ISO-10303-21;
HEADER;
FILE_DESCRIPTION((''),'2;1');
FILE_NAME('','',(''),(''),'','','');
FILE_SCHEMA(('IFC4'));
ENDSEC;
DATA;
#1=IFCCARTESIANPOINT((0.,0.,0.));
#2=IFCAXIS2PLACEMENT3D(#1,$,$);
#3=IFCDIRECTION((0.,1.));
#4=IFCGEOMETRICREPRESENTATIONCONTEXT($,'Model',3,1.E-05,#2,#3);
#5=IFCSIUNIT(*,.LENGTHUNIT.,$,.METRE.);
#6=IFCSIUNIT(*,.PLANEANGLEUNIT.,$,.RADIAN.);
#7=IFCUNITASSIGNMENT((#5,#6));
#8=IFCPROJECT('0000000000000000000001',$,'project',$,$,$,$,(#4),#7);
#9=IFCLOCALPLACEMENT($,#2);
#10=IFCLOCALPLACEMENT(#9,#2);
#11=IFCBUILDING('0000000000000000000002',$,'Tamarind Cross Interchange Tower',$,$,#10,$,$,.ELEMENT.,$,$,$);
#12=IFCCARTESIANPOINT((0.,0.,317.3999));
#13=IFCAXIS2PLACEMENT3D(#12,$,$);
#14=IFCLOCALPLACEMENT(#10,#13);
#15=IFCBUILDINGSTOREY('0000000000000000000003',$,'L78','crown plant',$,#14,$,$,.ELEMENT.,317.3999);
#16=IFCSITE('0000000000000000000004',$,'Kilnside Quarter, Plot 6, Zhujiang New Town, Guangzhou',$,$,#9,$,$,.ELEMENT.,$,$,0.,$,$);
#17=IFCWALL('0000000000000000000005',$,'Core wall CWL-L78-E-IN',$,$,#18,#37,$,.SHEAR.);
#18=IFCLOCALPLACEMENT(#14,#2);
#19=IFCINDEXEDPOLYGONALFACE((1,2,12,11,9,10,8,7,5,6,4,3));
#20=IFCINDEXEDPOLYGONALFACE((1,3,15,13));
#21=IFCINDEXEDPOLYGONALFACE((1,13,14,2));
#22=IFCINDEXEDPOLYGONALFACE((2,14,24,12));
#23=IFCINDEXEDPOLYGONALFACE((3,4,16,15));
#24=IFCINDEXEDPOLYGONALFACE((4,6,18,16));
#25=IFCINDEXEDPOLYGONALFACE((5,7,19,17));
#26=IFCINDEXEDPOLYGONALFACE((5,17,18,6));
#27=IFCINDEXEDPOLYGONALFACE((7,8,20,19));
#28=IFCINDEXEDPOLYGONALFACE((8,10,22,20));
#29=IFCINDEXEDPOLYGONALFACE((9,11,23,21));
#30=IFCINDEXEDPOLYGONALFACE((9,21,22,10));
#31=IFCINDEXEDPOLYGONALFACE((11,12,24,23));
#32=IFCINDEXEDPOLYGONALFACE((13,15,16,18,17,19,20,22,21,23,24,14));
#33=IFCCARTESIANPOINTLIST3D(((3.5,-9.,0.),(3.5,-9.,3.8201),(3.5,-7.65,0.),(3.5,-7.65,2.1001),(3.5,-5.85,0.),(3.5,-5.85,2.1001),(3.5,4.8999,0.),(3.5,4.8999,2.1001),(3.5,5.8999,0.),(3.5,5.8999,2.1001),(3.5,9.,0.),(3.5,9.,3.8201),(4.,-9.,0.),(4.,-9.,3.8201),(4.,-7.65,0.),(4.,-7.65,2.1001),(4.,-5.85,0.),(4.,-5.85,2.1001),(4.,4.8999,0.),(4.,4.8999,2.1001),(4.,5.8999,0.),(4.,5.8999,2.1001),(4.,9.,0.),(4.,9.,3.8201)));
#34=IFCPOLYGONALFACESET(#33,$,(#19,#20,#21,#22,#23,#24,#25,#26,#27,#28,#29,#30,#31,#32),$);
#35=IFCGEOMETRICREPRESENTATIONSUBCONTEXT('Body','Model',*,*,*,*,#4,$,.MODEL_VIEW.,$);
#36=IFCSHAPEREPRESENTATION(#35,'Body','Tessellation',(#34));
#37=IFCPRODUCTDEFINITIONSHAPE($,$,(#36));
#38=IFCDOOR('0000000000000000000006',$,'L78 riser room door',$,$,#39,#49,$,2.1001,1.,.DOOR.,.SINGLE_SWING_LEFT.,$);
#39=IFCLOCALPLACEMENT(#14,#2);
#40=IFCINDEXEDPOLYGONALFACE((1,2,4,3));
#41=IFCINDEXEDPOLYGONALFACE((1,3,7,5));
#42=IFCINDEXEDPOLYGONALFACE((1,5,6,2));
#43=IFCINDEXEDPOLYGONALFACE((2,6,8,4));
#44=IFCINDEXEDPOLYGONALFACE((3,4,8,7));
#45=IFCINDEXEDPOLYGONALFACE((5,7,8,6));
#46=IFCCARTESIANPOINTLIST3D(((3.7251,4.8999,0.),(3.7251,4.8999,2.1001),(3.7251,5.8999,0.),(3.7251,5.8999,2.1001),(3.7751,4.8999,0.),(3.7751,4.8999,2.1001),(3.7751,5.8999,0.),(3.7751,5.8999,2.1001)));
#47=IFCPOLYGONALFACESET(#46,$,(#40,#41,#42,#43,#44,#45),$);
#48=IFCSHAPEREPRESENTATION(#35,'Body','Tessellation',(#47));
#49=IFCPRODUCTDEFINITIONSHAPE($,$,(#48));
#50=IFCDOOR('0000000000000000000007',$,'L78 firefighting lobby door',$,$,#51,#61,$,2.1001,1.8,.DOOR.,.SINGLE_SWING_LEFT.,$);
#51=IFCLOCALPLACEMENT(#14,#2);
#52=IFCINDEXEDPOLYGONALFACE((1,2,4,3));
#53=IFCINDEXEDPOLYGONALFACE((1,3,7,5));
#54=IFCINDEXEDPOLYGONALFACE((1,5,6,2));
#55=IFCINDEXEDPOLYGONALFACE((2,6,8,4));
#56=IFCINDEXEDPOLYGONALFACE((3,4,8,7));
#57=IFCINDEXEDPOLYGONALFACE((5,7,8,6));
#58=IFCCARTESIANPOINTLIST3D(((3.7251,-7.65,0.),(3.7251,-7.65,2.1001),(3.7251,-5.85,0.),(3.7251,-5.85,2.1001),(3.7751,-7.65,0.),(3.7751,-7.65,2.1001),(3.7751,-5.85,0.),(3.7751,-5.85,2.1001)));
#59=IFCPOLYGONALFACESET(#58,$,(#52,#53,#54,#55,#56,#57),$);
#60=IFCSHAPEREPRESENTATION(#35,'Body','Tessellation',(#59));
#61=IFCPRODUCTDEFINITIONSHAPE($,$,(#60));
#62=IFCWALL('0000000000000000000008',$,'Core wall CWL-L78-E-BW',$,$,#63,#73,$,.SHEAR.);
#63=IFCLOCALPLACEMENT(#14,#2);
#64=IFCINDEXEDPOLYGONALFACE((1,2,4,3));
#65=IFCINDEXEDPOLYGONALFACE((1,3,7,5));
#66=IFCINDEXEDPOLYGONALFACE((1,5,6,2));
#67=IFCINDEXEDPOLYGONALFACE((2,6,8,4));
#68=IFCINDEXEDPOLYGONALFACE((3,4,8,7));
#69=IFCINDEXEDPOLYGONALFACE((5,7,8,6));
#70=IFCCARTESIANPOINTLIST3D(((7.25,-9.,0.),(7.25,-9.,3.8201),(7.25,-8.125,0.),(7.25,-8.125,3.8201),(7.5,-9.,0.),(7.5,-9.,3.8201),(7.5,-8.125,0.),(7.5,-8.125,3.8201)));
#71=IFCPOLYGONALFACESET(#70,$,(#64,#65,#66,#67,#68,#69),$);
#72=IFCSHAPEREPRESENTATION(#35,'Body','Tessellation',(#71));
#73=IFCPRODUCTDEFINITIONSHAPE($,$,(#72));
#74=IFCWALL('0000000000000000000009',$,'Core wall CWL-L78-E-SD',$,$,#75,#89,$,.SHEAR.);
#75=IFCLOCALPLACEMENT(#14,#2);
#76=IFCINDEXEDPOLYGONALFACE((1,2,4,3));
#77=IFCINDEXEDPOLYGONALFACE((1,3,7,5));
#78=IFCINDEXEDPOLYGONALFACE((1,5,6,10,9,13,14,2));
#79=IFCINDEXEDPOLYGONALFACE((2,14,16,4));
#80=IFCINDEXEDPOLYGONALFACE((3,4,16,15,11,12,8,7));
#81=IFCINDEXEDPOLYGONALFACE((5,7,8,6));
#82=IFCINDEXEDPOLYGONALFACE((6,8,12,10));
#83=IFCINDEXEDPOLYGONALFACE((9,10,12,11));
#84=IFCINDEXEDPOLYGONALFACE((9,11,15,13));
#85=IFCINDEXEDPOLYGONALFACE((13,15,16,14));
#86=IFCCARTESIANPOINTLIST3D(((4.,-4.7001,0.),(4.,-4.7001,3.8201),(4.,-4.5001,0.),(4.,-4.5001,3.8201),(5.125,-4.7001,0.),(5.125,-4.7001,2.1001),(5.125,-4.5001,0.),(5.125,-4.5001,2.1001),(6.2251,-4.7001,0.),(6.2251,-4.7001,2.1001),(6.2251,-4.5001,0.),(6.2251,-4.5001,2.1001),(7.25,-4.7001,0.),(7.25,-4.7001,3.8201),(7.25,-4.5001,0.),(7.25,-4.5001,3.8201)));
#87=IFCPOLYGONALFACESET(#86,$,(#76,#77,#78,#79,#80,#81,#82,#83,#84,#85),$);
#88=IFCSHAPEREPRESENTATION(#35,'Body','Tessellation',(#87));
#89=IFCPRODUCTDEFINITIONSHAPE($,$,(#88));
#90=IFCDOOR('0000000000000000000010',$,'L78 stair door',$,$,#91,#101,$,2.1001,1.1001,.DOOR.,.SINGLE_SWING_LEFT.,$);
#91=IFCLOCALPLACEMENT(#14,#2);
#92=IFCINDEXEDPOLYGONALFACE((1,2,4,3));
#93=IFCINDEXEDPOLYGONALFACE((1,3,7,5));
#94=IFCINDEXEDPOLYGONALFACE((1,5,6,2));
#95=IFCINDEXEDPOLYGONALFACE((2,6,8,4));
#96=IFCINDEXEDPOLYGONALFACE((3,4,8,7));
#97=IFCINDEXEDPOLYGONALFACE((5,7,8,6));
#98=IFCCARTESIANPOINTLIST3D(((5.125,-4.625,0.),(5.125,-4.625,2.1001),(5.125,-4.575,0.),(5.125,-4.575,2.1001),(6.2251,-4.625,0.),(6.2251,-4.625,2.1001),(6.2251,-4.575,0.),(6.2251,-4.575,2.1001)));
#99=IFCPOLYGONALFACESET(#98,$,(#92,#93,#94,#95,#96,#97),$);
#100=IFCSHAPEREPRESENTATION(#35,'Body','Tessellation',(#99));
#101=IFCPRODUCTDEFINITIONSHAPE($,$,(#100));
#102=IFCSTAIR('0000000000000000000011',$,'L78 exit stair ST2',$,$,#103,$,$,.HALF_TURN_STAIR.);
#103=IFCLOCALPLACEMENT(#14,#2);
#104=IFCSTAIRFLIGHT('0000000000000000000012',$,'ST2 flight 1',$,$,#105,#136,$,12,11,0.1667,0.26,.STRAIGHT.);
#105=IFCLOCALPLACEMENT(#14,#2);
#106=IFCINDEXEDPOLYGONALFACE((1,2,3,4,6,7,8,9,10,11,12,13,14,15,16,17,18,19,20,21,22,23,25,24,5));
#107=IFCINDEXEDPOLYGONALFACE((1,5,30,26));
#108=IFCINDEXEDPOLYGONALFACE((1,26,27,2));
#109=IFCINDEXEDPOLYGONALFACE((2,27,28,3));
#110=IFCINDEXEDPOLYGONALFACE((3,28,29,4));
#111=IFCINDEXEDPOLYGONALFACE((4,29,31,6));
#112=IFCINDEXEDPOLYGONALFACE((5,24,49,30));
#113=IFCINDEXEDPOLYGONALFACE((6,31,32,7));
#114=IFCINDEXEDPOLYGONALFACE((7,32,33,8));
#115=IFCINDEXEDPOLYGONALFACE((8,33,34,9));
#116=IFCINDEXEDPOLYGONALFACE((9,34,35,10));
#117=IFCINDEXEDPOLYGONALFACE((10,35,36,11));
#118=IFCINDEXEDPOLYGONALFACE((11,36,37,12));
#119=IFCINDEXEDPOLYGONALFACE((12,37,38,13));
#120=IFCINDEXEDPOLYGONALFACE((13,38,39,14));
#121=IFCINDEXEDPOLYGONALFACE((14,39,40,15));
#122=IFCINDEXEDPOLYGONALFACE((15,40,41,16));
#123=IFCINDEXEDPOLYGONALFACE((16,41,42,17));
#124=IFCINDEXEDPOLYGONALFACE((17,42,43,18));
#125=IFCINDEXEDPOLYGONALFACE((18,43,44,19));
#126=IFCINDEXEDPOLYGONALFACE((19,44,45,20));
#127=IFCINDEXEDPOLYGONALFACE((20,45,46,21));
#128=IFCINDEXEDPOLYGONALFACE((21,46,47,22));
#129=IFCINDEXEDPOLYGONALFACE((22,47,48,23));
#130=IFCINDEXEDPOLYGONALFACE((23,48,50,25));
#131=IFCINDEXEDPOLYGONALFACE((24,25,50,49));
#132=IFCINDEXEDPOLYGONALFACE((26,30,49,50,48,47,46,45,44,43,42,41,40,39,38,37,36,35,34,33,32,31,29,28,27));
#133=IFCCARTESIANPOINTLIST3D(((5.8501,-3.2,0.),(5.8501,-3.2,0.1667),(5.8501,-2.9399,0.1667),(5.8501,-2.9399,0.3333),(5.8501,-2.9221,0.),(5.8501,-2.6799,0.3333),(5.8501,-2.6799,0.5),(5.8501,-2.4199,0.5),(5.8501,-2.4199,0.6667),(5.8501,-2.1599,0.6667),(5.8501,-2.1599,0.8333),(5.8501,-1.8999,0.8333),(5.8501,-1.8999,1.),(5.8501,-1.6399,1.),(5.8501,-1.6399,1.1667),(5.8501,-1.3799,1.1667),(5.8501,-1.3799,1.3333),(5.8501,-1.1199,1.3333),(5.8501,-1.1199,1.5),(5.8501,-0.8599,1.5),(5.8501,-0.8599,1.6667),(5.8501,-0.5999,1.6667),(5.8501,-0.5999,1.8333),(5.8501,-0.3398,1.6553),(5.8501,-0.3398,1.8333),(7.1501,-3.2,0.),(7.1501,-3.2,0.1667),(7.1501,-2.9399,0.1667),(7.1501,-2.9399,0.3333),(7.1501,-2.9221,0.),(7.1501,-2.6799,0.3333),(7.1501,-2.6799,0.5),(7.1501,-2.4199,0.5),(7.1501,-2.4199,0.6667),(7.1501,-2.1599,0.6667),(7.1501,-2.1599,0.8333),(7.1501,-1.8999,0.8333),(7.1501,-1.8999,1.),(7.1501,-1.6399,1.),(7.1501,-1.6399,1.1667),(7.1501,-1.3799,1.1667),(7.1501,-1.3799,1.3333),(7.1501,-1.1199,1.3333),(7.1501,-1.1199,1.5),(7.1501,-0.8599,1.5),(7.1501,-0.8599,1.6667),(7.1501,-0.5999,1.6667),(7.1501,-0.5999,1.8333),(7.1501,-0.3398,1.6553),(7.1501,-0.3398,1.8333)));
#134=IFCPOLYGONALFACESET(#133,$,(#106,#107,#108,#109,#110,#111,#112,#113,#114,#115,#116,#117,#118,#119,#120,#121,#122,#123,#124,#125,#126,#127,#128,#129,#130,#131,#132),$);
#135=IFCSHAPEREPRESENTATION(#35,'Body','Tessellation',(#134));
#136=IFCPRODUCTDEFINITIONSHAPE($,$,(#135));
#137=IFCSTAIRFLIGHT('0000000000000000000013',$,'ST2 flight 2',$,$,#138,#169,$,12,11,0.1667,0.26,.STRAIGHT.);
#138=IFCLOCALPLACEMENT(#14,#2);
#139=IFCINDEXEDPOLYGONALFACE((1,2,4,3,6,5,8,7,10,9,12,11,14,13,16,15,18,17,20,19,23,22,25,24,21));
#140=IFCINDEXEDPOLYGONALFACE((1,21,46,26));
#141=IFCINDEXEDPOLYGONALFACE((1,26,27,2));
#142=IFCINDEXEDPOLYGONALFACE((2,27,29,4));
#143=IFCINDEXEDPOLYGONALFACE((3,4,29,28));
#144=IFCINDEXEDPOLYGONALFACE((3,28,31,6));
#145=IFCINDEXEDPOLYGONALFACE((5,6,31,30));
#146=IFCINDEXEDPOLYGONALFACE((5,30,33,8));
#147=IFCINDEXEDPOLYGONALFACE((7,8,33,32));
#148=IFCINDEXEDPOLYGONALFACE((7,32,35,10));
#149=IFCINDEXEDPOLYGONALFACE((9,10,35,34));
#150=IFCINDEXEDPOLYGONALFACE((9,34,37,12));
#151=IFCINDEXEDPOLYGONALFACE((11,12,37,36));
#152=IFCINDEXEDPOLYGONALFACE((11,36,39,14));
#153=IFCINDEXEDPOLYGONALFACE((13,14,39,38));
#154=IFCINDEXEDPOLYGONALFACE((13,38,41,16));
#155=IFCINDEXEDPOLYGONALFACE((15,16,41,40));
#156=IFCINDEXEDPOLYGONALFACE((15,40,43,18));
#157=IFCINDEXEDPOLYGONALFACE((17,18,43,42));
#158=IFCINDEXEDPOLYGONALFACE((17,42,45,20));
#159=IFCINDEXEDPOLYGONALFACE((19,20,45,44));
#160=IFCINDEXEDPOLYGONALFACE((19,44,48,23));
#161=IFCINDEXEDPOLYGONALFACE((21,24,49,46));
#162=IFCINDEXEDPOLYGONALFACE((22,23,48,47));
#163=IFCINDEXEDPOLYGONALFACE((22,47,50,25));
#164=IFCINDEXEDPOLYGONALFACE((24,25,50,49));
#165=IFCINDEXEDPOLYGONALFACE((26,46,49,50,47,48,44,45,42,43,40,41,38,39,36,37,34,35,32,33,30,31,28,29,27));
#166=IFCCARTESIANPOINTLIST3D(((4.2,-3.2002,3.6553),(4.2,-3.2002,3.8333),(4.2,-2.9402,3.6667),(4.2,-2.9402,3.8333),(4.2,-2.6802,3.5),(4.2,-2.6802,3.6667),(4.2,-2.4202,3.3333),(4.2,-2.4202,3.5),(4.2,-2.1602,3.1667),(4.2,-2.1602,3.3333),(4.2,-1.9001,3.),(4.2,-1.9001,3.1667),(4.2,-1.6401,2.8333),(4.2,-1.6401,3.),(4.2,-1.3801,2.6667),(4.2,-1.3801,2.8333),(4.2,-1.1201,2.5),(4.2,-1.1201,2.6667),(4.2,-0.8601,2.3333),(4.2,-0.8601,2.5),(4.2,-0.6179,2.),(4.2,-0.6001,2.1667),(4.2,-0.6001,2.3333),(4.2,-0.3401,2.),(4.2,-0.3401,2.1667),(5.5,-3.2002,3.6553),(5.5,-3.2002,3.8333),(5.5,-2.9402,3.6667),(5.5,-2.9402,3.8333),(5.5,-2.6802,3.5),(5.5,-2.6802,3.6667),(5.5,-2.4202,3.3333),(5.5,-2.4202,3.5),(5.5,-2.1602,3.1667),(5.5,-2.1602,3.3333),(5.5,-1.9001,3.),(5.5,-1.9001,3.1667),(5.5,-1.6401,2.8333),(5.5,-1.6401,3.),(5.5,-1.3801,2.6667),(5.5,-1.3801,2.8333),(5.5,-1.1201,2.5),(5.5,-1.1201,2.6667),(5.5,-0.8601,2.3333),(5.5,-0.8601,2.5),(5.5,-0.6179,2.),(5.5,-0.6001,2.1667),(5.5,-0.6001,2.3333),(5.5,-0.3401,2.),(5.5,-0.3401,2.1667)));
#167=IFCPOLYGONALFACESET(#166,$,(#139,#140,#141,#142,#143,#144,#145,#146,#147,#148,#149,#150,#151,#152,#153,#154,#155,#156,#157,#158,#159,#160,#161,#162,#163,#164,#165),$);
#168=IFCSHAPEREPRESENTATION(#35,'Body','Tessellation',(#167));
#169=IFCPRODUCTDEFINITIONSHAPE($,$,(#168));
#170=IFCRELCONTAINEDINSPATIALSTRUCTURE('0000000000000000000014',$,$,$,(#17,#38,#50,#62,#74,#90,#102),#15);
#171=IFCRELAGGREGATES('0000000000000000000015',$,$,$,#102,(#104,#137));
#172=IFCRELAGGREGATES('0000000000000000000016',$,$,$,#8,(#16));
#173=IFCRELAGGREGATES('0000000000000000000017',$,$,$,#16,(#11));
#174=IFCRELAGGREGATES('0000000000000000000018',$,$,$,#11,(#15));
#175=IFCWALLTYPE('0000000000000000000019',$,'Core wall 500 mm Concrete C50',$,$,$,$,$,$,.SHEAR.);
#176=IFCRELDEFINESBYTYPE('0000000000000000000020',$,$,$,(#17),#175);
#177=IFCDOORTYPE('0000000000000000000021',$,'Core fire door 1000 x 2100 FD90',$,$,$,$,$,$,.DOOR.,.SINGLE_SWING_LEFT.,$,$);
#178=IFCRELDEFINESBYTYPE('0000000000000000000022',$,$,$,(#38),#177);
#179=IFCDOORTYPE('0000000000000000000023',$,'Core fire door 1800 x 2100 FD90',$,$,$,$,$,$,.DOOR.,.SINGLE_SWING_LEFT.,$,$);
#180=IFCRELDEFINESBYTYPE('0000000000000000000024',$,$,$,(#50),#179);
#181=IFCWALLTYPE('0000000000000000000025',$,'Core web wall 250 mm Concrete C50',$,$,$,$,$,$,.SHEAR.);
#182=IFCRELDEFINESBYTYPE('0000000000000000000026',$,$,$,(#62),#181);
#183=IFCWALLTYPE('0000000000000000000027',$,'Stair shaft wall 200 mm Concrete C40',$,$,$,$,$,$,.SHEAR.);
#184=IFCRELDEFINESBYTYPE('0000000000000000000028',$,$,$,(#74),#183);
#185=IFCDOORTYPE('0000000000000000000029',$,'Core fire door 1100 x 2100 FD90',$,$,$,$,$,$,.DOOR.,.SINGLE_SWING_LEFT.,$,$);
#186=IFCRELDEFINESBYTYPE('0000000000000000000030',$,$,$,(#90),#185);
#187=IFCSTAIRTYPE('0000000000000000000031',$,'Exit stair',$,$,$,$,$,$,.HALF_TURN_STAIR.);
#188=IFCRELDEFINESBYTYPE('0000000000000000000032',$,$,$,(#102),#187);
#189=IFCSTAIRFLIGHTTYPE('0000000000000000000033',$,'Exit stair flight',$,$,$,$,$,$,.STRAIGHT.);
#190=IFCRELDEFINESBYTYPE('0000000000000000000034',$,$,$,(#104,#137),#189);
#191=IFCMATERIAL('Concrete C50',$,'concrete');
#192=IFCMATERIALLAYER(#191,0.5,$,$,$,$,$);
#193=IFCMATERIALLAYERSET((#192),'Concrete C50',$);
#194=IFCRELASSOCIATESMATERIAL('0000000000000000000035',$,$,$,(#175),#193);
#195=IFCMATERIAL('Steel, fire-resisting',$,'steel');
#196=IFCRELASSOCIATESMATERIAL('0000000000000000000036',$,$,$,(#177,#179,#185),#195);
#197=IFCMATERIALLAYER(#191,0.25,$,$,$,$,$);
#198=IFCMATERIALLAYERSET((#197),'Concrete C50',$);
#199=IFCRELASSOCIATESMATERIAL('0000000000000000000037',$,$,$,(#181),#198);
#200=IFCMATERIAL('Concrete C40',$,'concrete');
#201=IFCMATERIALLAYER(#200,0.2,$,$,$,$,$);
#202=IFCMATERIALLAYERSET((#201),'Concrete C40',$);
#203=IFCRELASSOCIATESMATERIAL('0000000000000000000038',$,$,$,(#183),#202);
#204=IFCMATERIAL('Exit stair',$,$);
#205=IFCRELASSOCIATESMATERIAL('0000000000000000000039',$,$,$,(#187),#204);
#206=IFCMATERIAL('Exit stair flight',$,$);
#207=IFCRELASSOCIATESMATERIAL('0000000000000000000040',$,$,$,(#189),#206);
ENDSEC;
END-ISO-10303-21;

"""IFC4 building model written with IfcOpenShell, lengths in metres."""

from ifc_helpers import new_model, si_unit, direction, frame, frame_2d, origin, place, context, subcontext, project, spatial, polyline, rectangle, outline, extrude, material, layer, layer_set, type_object, element, fill, aggregate, save


model = new_model("IFC4")

# Units and contexts
model_context = context("Model", 3, precision=1e-05, world=origin(), true_north=direction((0.0, 1.0)))
body_context = subcontext(model_context, "Body", "Model", "MODEL_VIEW")
ifc_project = project(units=[si_unit("LENGTHUNIT", "METRE"), si_unit("PLANEANGLEUNIT", "RADIAN")], contexts=[model_context])

# Site, building, storey
site_placement = place(None, origin())
site = spatial("IfcSite", under=ifc_project, at=site_placement, Name="Kilnside Quarter, Plot 6, Zhujiang New Town, Guangzhou", CompositionType="ELEMENT", RefElevation=0.0)
building_placement = place(site_placement, origin())
building = spatial("IfcBuilding", under=site, at=building_placement, Name="Tamarind Cross Interchange Tower", CompositionType="ELEMENT")
storey_placement = place(building_placement, frame((0.0, 0.0, 317.3999)))
storey = spatial("IfcBuildingStorey", under=building, at=storey_placement, Name="L78", Description="crown plant", CompositionType="ELEMENT", Elevation=317.3999)

# Shared definitions
ifc_material_1 = material(Name="Concrete C40", Category="concrete")

# Shared definitions
ifc_material_2 = material(Name="Concrete C50", Category="concrete")
ifc_layer_1 = layer(ifc_material_2, 0.5)
ifc_layer_set_1 = layer_set([ifc_layer_1], Name="Concrete C50")
wall_type_1 = type_object("IfcWallType", Name="Core wall 500 mm Concrete C50", PredefinedType="SHEAR", material=ifc_layer_set_1)

# Wall, openings, doors
wall_1_placement = place(storey_placement, frame((3.75, -9.0, 0.0), z_axis=(0.0, 0.0, 1.0), x_axis=(0.0, 1.0, 0.0)))
wall_1 = element("IfcWall", 1, at=wall_1_placement, inside=storey, type_object=wall_type_1, Name="Core wall CWL-L78-E-IN", PredefinedType="SHEAR", context=body_context, shape_type="SweptSolid", body=[
    extrude(rectangle(XDim=18.0, YDim=0.5, at=frame_2d((9.0, 0.0))), origin(), (0.0, 0.0, 1.0), 3.8201),
])
opening_1_placement = place(wall_1_placement, frame((1.3501, 0.0, 0.0)))
opening_1 = element("IfcOpeningElement", 2, at=opening_1_placement, cuts=wall_1, PredefinedType="OPENING", context=body_context, shape_type="SweptSolid", body=[
    extrude(rectangle(XDim=1.8, YDim=2.1001, at=frame_2d((0.8999, 1.05))), frame((0.0, 0.26, 0.0), z_axis=(0.0, -1.0, 0.0), x_axis=(1.0, 0.0, 0.0)), (0.0, 0.0, 1.0), 0.52),
])
opening_2_placement = place(wall_1_placement, frame((13.8999, 0.0, 0.0)))
opening_2 = element("IfcOpeningElement", 3, at=opening_2_placement, cuts=wall_1, PredefinedType="OPENING", context=body_context, shape_type="SweptSolid", body=[
    extrude(rectangle(XDim=1.0, YDim=2.1001, at=frame_2d((0.5, 1.05))), frame((0.0, 0.26, 0.0), z_axis=(0.0, -1.0, 0.0), x_axis=(1.0, 0.0, 0.0)), (0.0, 0.0, 1.0), 0.52),
])
ifc_material_3 = material(Name="Steel, fire-resisting", Category="steel")
door_type_1 = type_object("IfcDoorType", Name="Core fire door 1000 x 2100 FD90", OperationType="SINGLE_SWING_LEFT", PredefinedType="DOOR", material=ifc_material_3)
door_1_placement = place(opening_2_placement, origin())
door_1 = element("IfcDoor", 4, at=door_1_placement, inside=storey, type_object=door_type_1, Name="L78 riser room door", OperationType="SINGLE_SWING_LEFT", OverallHeight=2.1001, OverallWidth=1.0, PredefinedType="DOOR", context=body_context, shape_type="SweptSolid", body=[
    extrude(rectangle(XDim=1.0, YDim=2.1001, at=frame_2d((0.5, 1.05))), frame((0.0, 0.0249, 0.0), z_axis=(0.0, -1.0, 0.0), x_axis=(1.0, 0.0, 0.0)), (0.0, 0.0, 1.0), 0.05),
])
fill(opening_2, door_1)
door_type_2 = type_object("IfcDoorType", Name="Core fire door 1800 x 2100 FD90", OperationType="SINGLE_SWING_LEFT", PredefinedType="DOOR", material=ifc_material_3)
door_2_placement = place(opening_1_placement, origin())
door_2 = element("IfcDoor", 5, at=door_2_placement, inside=storey, type_object=door_type_2, Name="L78 firefighting lobby door", OperationType="SINGLE_SWING_LEFT", OverallHeight=2.1001, OverallWidth=1.8, PredefinedType="DOOR", context=body_context, shape_type="SweptSolid", body=[
    extrude(rectangle(XDim=1.8, YDim=2.1001, at=frame_2d((0.8999, 1.05))), frame((0.0, 0.0249, 0.0), z_axis=(0.0, -1.0, 0.0), x_axis=(1.0, 0.0, 0.0)), (0.0, 0.0, 1.0), 0.05),
])
fill(opening_1, door_2)

# Wall
ifc_layer_2 = layer(ifc_material_2, 0.25)
ifc_layer_set_2 = layer_set([ifc_layer_2], Name="Concrete C50")
wall_type_2 = type_object("IfcWallType", Name="Core web wall 250 mm Concrete C50", PredefinedType="SHEAR", material=ifc_layer_set_2)
wall_2_placement = place(storey_placement, frame((7.375, -9.0, 0.0), z_axis=(0.0, 0.0, 1.0), x_axis=(0.0, 1.0, 0.0)))
element("IfcWall", 6, at=wall_2_placement, inside=storey, type_object=wall_type_2, Name="Core wall CWL-L78-E-BW", PredefinedType="SHEAR", context=body_context, shape_type="SweptSolid", body=[
    extrude(rectangle(XDim=0.875, YDim=0.25, at=frame_2d((0.4375, 0.0))), origin(), (0.0, 0.0, 1.0), 3.8201),
])

# Wall, opening, door
ifc_layer_3 = layer(ifc_material_1, 0.2)
ifc_layer_set_3 = layer_set([ifc_layer_3], Name="Concrete C40")
wall_type_3 = type_object("IfcWallType", Name="Stair shaft wall 200 mm Concrete C40", PredefinedType="SHEAR", material=ifc_layer_set_3)
wall_3_placement = place(storey_placement, frame((7.25, -4.6001, 0.0), z_axis=(0.0, 0.0, 1.0), x_axis=(-1.0, 0.0, 0.0)))
wall_3 = element("IfcWall", 7, at=wall_3_placement, inside=storey, type_object=wall_type_3, Name="Core wall CWL-L78-E-SD", PredefinedType="SHEAR", context=body_context, shape_type="SweptSolid", body=[
    extrude(rectangle(XDim=3.25, YDim=0.2, at=frame_2d((1.625, 0.0))), origin(), (0.0, 0.0, 1.0), 3.8201),
])
opening_3_placement = place(wall_3_placement, frame((1.0249, 0.0, 0.0)))
opening_3 = element("IfcOpeningElement", 8, at=opening_3_placement, cuts=wall_3, PredefinedType="OPENING", context=body_context, shape_type="SweptSolid", body=[
    extrude(rectangle(XDim=1.1001, YDim=2.1001, at=frame_2d((0.55, 1.05))), frame((0.0, 0.1099, 0.0), z_axis=(0.0, -1.0, 0.0), x_axis=(1.0, 0.0, 0.0)), (0.0, 0.0, 1.0), 0.22),
])
door_type_3 = type_object("IfcDoorType", Name="Core fire door 1100 x 2100 FD90", OperationType="SINGLE_SWING_LEFT", PredefinedType="DOOR", material=ifc_material_3)
door_3_placement = place(opening_3_placement, origin())
door_3 = element("IfcDoor", 9, at=door_3_placement, inside=storey, type_object=door_type_3, Name="L78 stair door", OperationType="SINGLE_SWING_LEFT", OverallHeight=2.1001, OverallWidth=1.1001, PredefinedType="DOOR", context=body_context, shape_type="SweptSolid", body=[
    extrude(rectangle(XDim=1.1001, YDim=2.1001, at=frame_2d((0.55, 1.05))), frame((0.0, 0.0249, 0.0), z_axis=(0.0, -1.0, 0.0), x_axis=(1.0, 0.0, 0.0)), (0.0, 0.0, 1.0), 0.05),
])
fill(opening_3, door_3)

# Stair, stair flights
ifc_material_4 = material(Name="Exit stair")
stair_type = type_object("IfcStairType", Name="Exit stair", PredefinedType="HALF_TURN_STAIR", material=ifc_material_4)
stair_placement = place(storey_placement, origin())
stair = element("IfcStair", 10, at=stair_placement, inside=storey, type_object=stair_type, Name="L78 exit stair ST2", PredefinedType="HALF_TURN_STAIR")
ifc_material_5 = material(Name="Exit stair flight")
stair_flight_type = type_object("IfcStairFlightType", Name="Exit stair flight", PredefinedType="STRAIGHT", material=ifc_material_5)
stair_flight_1_placement = place(storey_placement, frame((6.5, -3.2, 0.0), z_axis=(0.0, 0.0, 1.0), x_axis=(0.0, 1.0, 0.0)))
stair_flight_1 = element("IfcStairFlight", 11, at=stair_flight_1_placement, type_object=stair_flight_type, Name="ST2 flight 1", NumberOfRisers=12, NumberOfTreads=11, PredefinedType="STRAIGHT", RiserHeight=0.1667, TreadLength=0.26, context=body_context, shape_type="SweptSolid", body=[
    extrude(outline(polyline([(0.0, 0.0), (0.0, 0.1667), (0.26, 0.1667), (0.26, 0.3333), (0.52, 0.3333), (0.52, 0.5), (0.78, 0.5), (0.78, 0.6667), (1.04, 0.6667), (1.04, 0.8333), (1.3, 0.8333), (1.3, 1.0), (1.5601, 1.0), (1.5601, 1.1667), (1.8201, 1.1667), (1.8201, 1.3333), (2.0801, 1.3333), (2.0801, 1.5), (2.3401, 1.5), (2.3401, 1.6667), (2.6001, 1.6667), (2.6001, 1.8333), (2.8601, 1.8333), (2.8601, 2.0), (2.8601, 1.6553), (0.2778, 0.0), (0.0, 0.0)])), frame((0.0, 0.6499, 0.0), z_axis=(0.0, -1.0, 0.0), x_axis=(1.0, 0.0, 0.0)), (0.0, 0.0, 1.0), 1.3),
])
stair_flight_2_placement = place(storey_placement, frame((4.8501, -0.3401, 2.0), z_axis=(0.0, 0.0, 1.0), x_axis=(0.0, -1.0, 0.0)))
stair_flight_2 = element("IfcStairFlight", 12, at=stair_flight_2_placement, type_object=stair_flight_type, Name="ST2 flight 2", NumberOfRisers=12, NumberOfTreads=11, PredefinedType="STRAIGHT", RiserHeight=0.1667, TreadLength=0.26, context=body_context, shape_type="SweptSolid", body=[
    extrude(outline(polyline([(0.0, 0.0), (0.0, 0.1667), (0.26, 0.1667), (0.26, 0.3333), (0.52, 0.3333), (0.52, 0.5), (0.78, 0.5), (0.78, 0.6667), (1.04, 0.6667), (1.04, 0.8333), (1.3, 0.8333), (1.3, 1.0), (1.5601, 1.0), (1.5601, 1.1667), (1.8201, 1.1667), (1.8201, 1.3333), (2.0801, 1.3333), (2.0801, 1.5), (2.3401, 1.5), (2.3401, 1.6667), (2.6001, 1.6667), (2.6001, 1.8333), (2.8601, 1.8333), (2.8601, 2.0), (2.8601, 1.6553), (0.2778, 0.0), (0.0, 0.0)])), frame((0.0, 0.6499, 0.0), z_axis=(0.0, -1.0, 0.0), x_axis=(1.0, 0.0, 0.0)), (0.0, 0.0, 1.0), 1.3),
])
aggregate(stair, [stair_flight_1, stair_flight_2])

save(model, "model.ifc")
